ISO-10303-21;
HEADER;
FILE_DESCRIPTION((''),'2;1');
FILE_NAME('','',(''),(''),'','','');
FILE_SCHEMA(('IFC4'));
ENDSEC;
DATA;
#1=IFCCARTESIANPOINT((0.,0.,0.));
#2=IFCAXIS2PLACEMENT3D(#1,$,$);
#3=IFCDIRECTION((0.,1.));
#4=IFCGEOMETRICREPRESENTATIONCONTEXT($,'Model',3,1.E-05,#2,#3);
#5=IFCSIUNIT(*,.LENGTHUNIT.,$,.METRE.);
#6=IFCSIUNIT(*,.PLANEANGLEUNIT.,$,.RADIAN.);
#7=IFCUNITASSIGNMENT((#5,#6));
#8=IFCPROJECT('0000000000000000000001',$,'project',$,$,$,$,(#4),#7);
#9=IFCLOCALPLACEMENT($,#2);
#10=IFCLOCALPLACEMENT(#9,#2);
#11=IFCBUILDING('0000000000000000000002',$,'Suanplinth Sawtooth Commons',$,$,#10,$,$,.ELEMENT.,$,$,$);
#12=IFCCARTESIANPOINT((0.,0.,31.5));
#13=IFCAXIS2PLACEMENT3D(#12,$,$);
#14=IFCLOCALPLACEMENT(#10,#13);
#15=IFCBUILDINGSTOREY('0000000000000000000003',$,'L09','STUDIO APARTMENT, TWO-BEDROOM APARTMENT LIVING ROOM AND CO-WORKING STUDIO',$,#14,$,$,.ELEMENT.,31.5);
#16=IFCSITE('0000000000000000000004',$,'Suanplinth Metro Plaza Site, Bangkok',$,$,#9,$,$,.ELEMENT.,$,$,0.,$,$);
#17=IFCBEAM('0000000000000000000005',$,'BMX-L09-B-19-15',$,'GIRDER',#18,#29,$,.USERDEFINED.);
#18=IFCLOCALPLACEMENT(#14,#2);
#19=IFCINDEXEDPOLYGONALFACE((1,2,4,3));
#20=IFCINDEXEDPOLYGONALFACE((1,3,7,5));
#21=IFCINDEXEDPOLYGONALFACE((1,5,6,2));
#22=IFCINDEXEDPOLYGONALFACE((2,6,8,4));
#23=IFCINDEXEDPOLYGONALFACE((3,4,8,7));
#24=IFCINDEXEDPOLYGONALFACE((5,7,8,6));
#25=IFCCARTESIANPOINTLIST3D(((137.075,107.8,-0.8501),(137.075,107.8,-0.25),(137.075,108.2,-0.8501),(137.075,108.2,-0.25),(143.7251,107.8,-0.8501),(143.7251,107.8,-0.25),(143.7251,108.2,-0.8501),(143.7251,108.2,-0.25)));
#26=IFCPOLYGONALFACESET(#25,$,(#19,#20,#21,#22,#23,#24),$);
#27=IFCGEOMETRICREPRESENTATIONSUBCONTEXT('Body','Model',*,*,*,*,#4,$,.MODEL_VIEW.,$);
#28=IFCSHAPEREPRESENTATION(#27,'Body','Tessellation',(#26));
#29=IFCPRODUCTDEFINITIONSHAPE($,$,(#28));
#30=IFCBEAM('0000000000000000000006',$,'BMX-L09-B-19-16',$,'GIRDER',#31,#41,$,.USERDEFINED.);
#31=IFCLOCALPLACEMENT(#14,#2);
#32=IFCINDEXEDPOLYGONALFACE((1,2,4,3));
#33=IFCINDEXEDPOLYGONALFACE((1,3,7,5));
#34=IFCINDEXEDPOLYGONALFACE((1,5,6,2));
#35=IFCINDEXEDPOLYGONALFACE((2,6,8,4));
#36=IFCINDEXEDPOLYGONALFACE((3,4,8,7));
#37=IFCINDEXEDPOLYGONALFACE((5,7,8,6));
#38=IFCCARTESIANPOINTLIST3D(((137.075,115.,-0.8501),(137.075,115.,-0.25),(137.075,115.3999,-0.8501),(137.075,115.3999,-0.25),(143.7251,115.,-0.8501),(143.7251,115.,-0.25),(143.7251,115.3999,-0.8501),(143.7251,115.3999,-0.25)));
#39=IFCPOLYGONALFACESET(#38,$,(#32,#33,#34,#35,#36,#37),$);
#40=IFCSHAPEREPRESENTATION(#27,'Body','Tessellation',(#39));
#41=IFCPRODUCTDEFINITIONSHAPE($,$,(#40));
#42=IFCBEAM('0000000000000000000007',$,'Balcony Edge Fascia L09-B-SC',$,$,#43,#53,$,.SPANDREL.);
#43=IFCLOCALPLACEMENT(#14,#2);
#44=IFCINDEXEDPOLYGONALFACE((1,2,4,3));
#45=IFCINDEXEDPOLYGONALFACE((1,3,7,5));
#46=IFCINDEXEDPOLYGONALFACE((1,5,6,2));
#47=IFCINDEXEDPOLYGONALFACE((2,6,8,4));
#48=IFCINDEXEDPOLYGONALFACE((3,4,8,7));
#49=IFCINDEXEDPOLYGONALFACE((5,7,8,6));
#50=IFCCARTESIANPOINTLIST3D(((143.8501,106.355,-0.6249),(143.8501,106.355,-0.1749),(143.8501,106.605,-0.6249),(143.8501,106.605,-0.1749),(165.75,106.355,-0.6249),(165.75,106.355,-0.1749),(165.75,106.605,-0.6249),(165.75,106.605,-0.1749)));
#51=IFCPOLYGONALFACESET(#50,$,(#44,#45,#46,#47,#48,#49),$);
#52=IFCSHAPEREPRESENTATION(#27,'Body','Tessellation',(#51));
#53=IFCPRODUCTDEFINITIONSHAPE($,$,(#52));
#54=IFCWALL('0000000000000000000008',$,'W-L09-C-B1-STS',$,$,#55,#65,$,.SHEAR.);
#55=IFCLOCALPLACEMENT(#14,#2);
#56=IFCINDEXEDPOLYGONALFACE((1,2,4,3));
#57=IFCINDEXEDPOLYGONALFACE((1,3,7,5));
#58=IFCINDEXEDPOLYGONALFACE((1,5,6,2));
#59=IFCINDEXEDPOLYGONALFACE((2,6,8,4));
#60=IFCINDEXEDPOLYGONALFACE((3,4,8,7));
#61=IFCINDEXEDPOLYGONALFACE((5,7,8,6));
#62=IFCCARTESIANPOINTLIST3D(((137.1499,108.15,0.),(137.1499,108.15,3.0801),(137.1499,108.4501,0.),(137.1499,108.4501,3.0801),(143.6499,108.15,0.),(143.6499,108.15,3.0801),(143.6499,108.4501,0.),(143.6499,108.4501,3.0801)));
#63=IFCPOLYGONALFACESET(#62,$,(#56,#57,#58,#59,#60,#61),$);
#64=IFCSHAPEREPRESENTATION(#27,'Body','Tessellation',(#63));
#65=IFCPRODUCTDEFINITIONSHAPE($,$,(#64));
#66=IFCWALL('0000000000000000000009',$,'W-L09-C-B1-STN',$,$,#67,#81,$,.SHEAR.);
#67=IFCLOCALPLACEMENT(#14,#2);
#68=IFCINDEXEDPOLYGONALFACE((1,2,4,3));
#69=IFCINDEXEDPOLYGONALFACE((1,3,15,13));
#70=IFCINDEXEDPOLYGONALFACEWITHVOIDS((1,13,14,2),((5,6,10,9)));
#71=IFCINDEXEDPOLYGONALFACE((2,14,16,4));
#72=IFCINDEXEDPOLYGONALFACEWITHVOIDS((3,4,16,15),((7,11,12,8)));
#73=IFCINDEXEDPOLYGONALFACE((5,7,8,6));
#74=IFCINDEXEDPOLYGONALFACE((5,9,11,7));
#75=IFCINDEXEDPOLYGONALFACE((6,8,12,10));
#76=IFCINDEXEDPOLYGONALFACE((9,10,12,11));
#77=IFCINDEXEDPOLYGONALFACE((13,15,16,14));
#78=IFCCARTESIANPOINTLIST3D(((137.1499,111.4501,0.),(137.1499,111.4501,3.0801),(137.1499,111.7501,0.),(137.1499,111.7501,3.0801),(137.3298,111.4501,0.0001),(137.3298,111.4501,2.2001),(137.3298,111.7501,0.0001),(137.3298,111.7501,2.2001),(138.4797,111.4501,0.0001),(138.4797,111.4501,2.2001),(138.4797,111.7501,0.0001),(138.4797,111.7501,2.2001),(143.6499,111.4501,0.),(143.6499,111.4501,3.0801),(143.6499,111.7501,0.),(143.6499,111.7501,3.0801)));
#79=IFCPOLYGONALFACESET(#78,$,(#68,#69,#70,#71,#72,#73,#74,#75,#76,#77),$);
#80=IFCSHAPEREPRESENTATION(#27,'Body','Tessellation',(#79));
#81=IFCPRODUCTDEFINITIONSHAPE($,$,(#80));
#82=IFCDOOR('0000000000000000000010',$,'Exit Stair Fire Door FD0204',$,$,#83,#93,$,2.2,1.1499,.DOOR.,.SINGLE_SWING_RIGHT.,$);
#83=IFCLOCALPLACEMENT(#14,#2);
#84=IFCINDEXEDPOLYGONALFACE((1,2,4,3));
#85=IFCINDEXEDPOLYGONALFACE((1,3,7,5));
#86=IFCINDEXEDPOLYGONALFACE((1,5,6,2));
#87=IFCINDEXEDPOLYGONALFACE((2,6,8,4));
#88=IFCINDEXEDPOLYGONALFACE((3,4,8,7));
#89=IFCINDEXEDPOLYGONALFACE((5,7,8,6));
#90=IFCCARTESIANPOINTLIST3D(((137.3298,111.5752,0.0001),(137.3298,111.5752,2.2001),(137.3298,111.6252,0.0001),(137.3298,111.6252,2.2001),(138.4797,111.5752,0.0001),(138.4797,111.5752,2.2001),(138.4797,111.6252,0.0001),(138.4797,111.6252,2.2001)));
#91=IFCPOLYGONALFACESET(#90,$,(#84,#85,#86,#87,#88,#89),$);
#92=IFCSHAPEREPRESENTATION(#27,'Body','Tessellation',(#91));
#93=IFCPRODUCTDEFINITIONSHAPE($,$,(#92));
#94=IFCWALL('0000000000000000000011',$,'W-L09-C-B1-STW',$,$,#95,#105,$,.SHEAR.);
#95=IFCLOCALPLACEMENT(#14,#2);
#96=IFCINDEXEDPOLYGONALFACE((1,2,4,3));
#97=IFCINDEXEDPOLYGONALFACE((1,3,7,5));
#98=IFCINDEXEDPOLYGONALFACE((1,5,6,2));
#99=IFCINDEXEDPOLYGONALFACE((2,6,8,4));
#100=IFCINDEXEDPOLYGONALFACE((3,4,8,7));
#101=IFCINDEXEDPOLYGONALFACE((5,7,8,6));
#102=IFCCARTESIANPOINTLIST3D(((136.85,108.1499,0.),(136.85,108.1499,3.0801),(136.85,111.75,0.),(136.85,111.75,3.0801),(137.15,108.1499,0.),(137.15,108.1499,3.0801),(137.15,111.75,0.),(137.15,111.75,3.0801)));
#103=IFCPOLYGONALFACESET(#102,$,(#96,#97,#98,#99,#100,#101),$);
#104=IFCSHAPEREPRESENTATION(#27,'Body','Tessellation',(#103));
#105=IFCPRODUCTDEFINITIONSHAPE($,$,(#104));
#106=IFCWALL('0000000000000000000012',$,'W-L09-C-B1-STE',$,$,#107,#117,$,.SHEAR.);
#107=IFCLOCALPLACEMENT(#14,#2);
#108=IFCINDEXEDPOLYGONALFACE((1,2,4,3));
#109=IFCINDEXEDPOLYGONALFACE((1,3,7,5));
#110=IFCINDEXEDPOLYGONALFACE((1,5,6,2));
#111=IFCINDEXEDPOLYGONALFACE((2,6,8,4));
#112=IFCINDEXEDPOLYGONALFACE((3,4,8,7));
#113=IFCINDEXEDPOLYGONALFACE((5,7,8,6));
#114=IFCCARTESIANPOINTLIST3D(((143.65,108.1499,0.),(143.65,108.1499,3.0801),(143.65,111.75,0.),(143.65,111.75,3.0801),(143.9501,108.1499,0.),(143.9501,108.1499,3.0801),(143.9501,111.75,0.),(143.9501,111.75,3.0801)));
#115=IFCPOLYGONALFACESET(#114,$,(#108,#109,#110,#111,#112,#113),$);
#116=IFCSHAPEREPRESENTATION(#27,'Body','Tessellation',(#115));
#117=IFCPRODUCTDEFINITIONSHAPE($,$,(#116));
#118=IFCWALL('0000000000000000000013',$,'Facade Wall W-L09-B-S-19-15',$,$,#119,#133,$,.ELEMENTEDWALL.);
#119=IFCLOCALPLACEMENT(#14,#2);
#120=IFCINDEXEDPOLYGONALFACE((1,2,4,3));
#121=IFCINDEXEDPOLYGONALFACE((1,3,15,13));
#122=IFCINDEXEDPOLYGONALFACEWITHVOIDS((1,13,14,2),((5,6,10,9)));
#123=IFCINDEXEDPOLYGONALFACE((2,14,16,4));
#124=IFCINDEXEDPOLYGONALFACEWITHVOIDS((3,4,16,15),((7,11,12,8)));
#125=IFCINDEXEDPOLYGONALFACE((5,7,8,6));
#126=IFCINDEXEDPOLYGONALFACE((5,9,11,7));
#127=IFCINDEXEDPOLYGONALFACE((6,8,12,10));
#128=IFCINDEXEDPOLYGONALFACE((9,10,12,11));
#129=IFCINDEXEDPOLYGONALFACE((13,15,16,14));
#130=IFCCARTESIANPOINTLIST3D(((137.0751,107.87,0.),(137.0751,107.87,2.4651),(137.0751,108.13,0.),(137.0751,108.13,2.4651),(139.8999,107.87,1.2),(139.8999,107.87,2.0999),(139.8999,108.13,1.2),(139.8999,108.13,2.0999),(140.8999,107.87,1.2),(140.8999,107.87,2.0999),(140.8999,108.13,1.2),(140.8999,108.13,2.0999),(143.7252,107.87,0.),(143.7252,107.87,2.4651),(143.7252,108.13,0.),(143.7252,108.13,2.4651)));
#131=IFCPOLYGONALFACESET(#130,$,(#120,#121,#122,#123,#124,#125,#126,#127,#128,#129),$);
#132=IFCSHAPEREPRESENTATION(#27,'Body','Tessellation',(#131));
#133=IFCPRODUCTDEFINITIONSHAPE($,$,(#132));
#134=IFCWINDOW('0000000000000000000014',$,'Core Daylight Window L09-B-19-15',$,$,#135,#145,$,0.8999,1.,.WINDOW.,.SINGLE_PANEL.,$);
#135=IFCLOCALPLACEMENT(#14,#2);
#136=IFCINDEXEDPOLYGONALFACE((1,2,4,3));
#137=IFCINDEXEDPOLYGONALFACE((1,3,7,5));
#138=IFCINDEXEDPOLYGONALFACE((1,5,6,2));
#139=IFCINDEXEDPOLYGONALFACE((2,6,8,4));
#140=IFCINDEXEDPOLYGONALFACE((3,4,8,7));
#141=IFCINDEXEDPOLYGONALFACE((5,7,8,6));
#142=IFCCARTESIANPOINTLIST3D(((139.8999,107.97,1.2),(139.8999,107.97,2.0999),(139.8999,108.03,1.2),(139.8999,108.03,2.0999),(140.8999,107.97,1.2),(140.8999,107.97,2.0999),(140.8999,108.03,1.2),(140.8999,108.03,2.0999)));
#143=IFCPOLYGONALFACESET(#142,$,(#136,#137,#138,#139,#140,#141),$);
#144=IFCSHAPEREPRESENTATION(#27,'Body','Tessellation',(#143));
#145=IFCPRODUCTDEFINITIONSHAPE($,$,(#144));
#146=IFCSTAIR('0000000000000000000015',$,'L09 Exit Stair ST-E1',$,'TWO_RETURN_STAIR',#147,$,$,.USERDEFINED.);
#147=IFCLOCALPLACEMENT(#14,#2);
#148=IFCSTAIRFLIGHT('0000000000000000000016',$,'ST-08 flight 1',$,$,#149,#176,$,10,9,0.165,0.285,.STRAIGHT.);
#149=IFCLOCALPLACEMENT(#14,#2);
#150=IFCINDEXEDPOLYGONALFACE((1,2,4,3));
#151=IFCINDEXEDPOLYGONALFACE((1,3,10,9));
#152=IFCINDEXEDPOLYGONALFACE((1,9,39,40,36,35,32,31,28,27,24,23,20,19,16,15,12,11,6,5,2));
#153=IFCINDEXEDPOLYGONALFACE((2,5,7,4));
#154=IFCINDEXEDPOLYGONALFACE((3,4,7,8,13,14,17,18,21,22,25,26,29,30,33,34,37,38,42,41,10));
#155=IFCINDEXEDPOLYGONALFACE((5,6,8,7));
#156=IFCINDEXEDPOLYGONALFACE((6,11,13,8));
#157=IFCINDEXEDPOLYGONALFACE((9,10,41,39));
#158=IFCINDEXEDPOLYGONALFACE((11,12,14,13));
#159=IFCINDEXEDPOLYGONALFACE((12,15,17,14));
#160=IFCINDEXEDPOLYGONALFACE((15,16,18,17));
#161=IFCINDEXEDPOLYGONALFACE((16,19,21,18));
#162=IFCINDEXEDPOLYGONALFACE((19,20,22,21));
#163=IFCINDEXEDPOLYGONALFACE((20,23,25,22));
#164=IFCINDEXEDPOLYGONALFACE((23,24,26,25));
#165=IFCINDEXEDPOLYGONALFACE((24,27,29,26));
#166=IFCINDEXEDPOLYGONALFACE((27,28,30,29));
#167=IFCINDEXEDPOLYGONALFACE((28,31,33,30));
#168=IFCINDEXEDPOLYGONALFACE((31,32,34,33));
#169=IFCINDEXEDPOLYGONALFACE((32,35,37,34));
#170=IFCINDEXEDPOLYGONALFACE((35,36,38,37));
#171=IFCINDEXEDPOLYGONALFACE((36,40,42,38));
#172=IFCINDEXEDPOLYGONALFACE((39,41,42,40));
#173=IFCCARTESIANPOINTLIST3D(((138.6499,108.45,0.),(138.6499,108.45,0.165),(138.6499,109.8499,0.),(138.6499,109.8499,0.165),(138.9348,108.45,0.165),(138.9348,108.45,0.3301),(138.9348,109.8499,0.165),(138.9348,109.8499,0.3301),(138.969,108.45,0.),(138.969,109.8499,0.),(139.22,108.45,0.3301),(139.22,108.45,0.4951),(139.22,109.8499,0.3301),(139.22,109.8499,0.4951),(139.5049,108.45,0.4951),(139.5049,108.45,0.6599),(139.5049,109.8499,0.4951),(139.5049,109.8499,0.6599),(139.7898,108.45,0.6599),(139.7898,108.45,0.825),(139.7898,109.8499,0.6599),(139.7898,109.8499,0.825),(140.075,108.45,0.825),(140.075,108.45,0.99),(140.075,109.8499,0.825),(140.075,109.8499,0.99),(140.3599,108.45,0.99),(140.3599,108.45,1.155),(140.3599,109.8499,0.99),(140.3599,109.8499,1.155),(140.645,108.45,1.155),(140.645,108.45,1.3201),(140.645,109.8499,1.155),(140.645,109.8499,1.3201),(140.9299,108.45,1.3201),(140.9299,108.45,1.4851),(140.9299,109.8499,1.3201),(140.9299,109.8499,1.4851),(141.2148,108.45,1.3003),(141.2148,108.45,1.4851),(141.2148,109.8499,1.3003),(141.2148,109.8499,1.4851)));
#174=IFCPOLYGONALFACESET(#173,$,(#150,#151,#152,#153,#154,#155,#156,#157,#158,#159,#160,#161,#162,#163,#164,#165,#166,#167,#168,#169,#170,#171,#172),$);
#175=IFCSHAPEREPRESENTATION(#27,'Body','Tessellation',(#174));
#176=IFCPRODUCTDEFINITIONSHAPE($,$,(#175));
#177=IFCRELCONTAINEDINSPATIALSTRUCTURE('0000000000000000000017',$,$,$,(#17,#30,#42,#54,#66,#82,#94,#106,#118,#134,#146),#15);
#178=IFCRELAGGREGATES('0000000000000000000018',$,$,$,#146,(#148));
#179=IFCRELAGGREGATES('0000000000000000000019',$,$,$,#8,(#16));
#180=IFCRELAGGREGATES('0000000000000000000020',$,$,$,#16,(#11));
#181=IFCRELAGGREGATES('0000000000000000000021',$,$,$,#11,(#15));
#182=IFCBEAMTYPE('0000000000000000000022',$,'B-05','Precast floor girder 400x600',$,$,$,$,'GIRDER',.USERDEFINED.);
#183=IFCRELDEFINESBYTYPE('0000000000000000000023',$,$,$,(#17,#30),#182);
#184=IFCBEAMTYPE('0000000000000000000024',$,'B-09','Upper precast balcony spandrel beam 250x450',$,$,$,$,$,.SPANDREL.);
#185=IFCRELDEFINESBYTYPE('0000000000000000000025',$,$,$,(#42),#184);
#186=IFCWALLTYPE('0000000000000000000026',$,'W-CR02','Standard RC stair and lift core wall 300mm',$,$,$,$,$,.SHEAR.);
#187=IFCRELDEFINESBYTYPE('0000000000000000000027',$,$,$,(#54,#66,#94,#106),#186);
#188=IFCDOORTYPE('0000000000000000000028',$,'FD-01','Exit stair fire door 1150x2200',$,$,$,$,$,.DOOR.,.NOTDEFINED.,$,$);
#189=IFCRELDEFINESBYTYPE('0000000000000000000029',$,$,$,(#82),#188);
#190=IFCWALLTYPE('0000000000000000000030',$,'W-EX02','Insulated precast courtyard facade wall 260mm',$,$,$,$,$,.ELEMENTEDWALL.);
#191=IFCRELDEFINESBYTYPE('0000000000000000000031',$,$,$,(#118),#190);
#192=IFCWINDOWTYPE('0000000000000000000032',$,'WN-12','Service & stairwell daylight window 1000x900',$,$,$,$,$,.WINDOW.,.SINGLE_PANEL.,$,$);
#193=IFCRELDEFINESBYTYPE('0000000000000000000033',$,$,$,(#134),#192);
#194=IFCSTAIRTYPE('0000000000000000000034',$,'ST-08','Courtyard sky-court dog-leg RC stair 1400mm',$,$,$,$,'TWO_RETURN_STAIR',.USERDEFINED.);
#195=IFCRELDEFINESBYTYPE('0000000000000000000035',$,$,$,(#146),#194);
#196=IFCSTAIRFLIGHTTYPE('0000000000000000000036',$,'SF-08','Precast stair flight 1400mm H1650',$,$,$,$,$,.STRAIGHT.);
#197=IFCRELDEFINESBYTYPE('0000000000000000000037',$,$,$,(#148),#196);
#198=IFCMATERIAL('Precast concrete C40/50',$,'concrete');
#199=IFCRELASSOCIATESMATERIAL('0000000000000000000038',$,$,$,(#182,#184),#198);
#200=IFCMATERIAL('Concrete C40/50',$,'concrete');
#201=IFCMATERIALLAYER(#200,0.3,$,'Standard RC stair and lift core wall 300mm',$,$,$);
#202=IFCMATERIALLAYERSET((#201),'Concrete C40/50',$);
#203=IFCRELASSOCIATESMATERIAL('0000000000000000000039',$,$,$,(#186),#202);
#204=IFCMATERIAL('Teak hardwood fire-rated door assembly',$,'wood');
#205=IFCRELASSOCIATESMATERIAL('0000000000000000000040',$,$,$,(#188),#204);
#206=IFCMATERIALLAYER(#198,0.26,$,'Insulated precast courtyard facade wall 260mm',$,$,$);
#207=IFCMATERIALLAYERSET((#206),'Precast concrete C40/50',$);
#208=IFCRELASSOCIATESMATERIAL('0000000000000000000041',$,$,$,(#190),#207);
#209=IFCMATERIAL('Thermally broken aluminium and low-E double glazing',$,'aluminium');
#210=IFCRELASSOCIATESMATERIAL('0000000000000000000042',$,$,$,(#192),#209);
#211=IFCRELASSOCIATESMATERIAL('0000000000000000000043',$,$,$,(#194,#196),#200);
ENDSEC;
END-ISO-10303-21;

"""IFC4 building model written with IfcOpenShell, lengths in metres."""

from ifc_helpers import new_model, si_unit, direction, frame, frame_2d, origin, origin_2d, place, context, subcontext, project, spatial, polyline, rectangle, outline, extrude, material, layer, layer_set, material_profile, profile_set, type_object, element, fill, aggregate, save


model = new_model("IFC4")

# Units and contexts
model_context = context("Model", 3, precision=1e-05, world=origin(), true_north=direction((0.0, 1.0)))
body_context = subcontext(model_context, "Body", "Model", "MODEL_VIEW")
ifc_project = project(units=[si_unit("LENGTHUNIT", "METRE"), si_unit("PLANEANGLEUNIT", "RADIAN")], contexts=[model_context])

# Site, building, storey
site_placement = place(None, origin())
site = spatial("IfcSite", under=ifc_project, at=site_placement, Name="Suanplinth Metro Plaza Site, Bangkok", CompositionType="ELEMENT", RefElevation=0.0)
building_placement = place(site_placement, origin())
building = spatial("IfcBuilding", under=site, at=building_placement, Name="Suanplinth Sawtooth Commons", CompositionType="ELEMENT")
storey_placement = place(building_placement, frame((0.0, 0.0, 31.5)))
storey = spatial("IfcBuildingStorey", under=building, at=storey_placement, Name="L09", Description="STUDIO APARTMENT, TWO-BEDROOM APARTMENT LIVING ROOM AND CO-WORKING STUDIO", CompositionType="ELEMENT", Elevation=31.5)

# Beams
ifc_material_1 = material(Name="Precast concrete C40/50", Category="concrete")
ifc_material_profile_1 = material_profile(ifc_material_1, rectangle(XDim=0.3999, YDim=0.6001, at=origin_2d()), Name="PC-GDR 400x600")
ifc_profile_set_1 = profile_set([ifc_material_profile_1], Name="Precast concrete C40/50")
beam_type_1 = type_object("IfcBeamType", Name="B-05", Description="Precast floor girder 400x600", ElementType="GIRDER", PredefinedType="USERDEFINED", material=ifc_profile_set_1)
for number, where, z_axis, x_axis, name in (
    (1, (137.075, 108.0, -0.55), (1.0, 0.0, 0.0), (0.0, 1.0, 0.0), "BMX-L09-B-19-15"),
    (2, (137.075, 115.2, -0.55), (1.0, 0.0, 0.0), (0.0, 1.0, 0.0), "BMX-L09-B-19-16"),
):
    element("IfcBeam", number, at=place(storey_placement, frame(where, z_axis=z_axis, x_axis=x_axis)), inside=storey, type_object=beam_type_1, Name=name, ObjectType="GIRDER", PredefinedType="USERDEFINED", context=body_context, shape_type="SweptSolid", body=[
        extrude(rectangle(XDim=0.3999, YDim=0.6001, at=origin_2d()), origin(), (0.0, 0.0, 1.0), 6.6501),
    ])
ifc_material_profile_2 = material_profile(ifc_material_1, rectangle(XDim=0.25, YDim=0.45, at=origin_2d()), Name="PC-SP 250x450")
ifc_profile_set_2 = profile_set([ifc_material_profile_2], Name="Precast concrete C40/50")
beam_type_2 = type_object("IfcBeamType", Name="B-09", Description="Upper precast balcony spandrel beam 250x450", PredefinedType="SPANDREL", material=ifc_profile_set_2)
beam_placement = place(storey_placement, frame((143.8501, 106.48, -0.3999), z_axis=(1.0, 0.0, 0.0), x_axis=(0.0, 1.0, 0.0)))
element("IfcBeam", 3, at=beam_placement, inside=storey, type_object=beam_type_2, Name="Balcony Edge Fascia L09-B-SC", PredefinedType="SPANDREL", context=body_context, shape_type="SweptSolid", body=[
    extrude(rectangle(XDim=0.25, YDim=0.45, at=origin_2d()), origin(), (0.0, 0.0, 1.0), 21.8999),
])

# Wall
ifc_material_2 = material(Name="Concrete C40/50", Category="concrete")
ifc_layer_1 = layer(ifc_material_2, 0.3, Name="Standard RC stair and lift core wall 300mm")
ifc_layer_set_1 = layer_set([ifc_layer_1], Name="Concrete C40/50")
wall_type_1 = type_object("IfcWallType", Name="W-CR02", Description="Standard RC stair and lift core wall 300mm", PredefinedType="SHEAR", material=ifc_layer_set_1)
wall_1_placement = place(storey_placement, frame((137.1499, 108.3, 0.0), z_axis=(0.0, 0.0, 1.0), x_axis=(1.0, 0.0, 0.0)))
element("IfcWall", 4, at=wall_1_placement, inside=storey, type_object=wall_type_1, Name="W-L09-C-B1-STS", PredefinedType="SHEAR", context=body_context, shape_type="SweptSolid", body=[
    extrude(rectangle(XDim=6.5, YDim=0.3, at=frame_2d((3.25, 0.0))), origin(), (0.0, 0.0, 1.0), 3.0801),
])

# Wall, opening, door
wall_2_placement = place(storey_placement, frame((137.1499, 111.6001, 0.0), z_axis=(0.0, 0.0, 1.0), x_axis=(1.0, 0.0, 0.0)))
wall_2 = element("IfcWall", 5, at=wall_2_placement, inside=storey, type_object=wall_type_1, Name="W-L09-C-B1-STN", PredefinedType="SHEAR", context=body_context, shape_type="SweptSolid", body=[
    extrude(rectangle(XDim=6.5, YDim=0.3, at=frame_2d((3.25, 0.0))), origin(), (0.0, 0.0, 1.0), 3.0801),
])
opening_1_placement = place(wall_2_placement, frame((0.1799, 0.0, 0.0)))
opening_1 = element("IfcOpeningElement", 6, at=opening_1_placement, cuts=wall_2, PredefinedType="OPENING", context=body_context, shape_type="SweptSolid", body=[
    extrude(rectangle(XDim=1.1499, YDim=2.2, at=frame_2d((0.575, 1.1001))), frame((0.0, 0.165, 0.0), z_axis=(0.0, -1.0, 0.0), x_axis=(1.0, 0.0, 0.0)), (0.0, 0.0, 1.0), 0.3298),
])
ifc_material_3 = material(Name="Teak hardwood fire-rated door assembly", Category="wood")
door_type_1 = type_object("IfcDoorType", Name="FD-01", Description="Exit stair fire door 1150x2200", OperationType="NOTDEFINED", PredefinedType="DOOR", material=ifc_material_3)
door_1_placement = place(opening_1_placement, frame((1.1499, 0.0, 0.0), z_axis=(0.0, 0.0, 1.0), x_axis=(-1.0, 0.0, 0.0)))
door_1 = element("IfcDoor", 7, at=door_1_placement, inside=storey, type_object=door_type_1, Name="Exit Stair Fire Door FD0204", OperationType="SINGLE_SWING_RIGHT", OverallHeight=2.2, OverallWidth=1.1499, PredefinedType="DOOR", context=body_context, shape_type="SweptSolid", body=[
    extrude(rectangle(XDim=1.1499, YDim=2.2, at=frame_2d((0.575, 1.1001))), frame((0.0, 0.0249, 0.0), z_axis=(0.0, -1.0, 0.0), x_axis=(1.0, 0.0, 0.0)), (0.0, 0.0, 1.0), 0.05),
])
fill(opening_1, door_1)

# Walls
for number, where, z_axis, x_axis, name in (
    (8, (137.0, 108.1499, 0.0), (0.0, 0.0, 1.0), (0.0, 1.0, 0.0), "W-L09-C-B1-STW"),
    (9, (143.8, 108.1499, 0.0), (0.0, 0.0, 1.0), (0.0, 1.0, 0.0), "W-L09-C-B1-STE"),
):
    element("IfcWall", number, at=place(storey_placement, frame(where, z_axis=z_axis, x_axis=x_axis)), inside=storey, type_object=wall_type_1, Name=name, PredefinedType="SHEAR", context=body_context, shape_type="SweptSolid", body=[
        extrude(rectangle(XDim=3.6001, YDim=0.3, at=frame_2d((1.8, 0.0))), origin(), (0.0, 0.0, 1.0), 3.0801),
    ])

# Wall, opening, window
ifc_layer_2 = layer(ifc_material_1, 0.26, Name="Insulated precast courtyard facade wall 260mm")
ifc_layer_set_2 = layer_set([ifc_layer_2], Name="Precast concrete C40/50")
wall_type_2 = type_object("IfcWallType", Name="W-EX02", Description="Insulated precast courtyard facade wall 260mm", PredefinedType="ELEMENTEDWALL", material=ifc_layer_set_2)
wall_3_placement = place(storey_placement, frame((137.075, 108.0, 0.0), z_axis=(0.0, 0.0, 1.0), x_axis=(1.0, 0.0, 0.0)))
wall_3 = element("IfcWall", 10, at=wall_3_placement, inside=storey, type_object=wall_type_2, Name="Facade Wall W-L09-B-S-19-15", PredefinedType="ELEMENTEDWALL", context=body_context, shape_type="SweptSolid", body=[
    extrude(rectangle(XDim=6.6501, YDim=0.26, at=frame_2d((3.3252, 0.0))), origin(), (0.0, 0.0, 1.0), 2.4651),
])
opening_2_placement = place(wall_3_placement, frame((2.825, 0.0, 1.2)))
opening_2 = element("IfcOpeningElement", 11, at=opening_2_placement, cuts=wall_3, PredefinedType="OPENING", context=body_context, shape_type="SweptSolid", body=[
    extrude(rectangle(XDim=1.0, YDim=0.8999, at=frame_2d((0.5, 0.45))), frame((0.0, 0.145, 0.0), z_axis=(0.0, -1.0, 0.0), x_axis=(1.0, 0.0, 0.0)), (0.0, 0.0, 1.0), 0.2898),
])
ifc_material_4 = material(Name="Thermally broken aluminium and low-E double glazing", Category="aluminium")
window_type = type_object("IfcWindowType", Name="WN-12", Description="Service & stairwell daylight window 1000x900", PartitioningType="SINGLE_PANEL", PredefinedType="WINDOW", material=ifc_material_4)
window_placement = place(opening_2_placement, origin())
window = element("IfcWindow", 12, at=window_placement, inside=storey, type_object=window_type, Name="Core Daylight Window L09-B-19-15", OverallHeight=0.8999, OverallWidth=1.0, PartitioningType="SINGLE_PANEL", PredefinedType="WINDOW", context=body_context, shape_type="SweptSolid", body=[
    extrude(rectangle(XDim=1.0, YDim=0.8999, at=frame_2d((0.5, 0.45))), frame((0.0, 0.03, 0.0), z_axis=(0.0, -1.0, 0.0), x_axis=(1.0, 0.0, 0.0)), (0.0, 0.0, 1.0), 0.0601),
])
fill(opening_2, window)

# Stair, stair flight
stair_type = type_object("IfcStairType", Name="ST-08", Description="Courtyard sky-court dog-leg RC stair 1400mm", ElementType="TWO_RETURN_STAIR", PredefinedType="USERDEFINED", material=ifc_material_2)
stair_placement = place(storey_placement, origin())
stair = element("IfcStair", 13, at=stair_placement, inside=storey, type_object=stair_type, Name="L09 Exit Stair ST-E1", ObjectType="TWO_RETURN_STAIR", PredefinedType="USERDEFINED")
stair_flight_type = type_object("IfcStairFlightType", Name="SF-08", Description="Precast stair flight 1400mm H1650", PredefinedType="STRAIGHT", material=ifc_material_2)
stair_flight_1_placement = place(storey_placement, frame((138.6499, 109.1499, 0.0), z_axis=(0.0, 0.0, 1.0), x_axis=(1.0, 0.0, 0.0)))
stair_flight_1 = element("IfcStairFlight", 14, at=stair_flight_1_placement, type_object=stair_flight_type, Name="ST-08 flight 1", NumberOfRisers=10, NumberOfTreads=9, PredefinedType="STRAIGHT", RiserHeight=0.165, TreadLength=0.285, context=body_context, shape_type="SweptSolid", body=[
    extrude(outline(polyline([(0.0, 0.0), (0.0, 0.165), (0.2849, 0.165), (0.2849, 0.3301), (0.5701, 0.3301), (0.5701, 0.4951), (0.855, 0.4951), (0.855, 0.6599), (1.1399, 0.6599), (1.1399, 0.825), (1.425, 0.825), (1.425, 0.99), (1.71, 0.99), (1.71, 1.155), (1.9951, 1.155), (1.9951, 1.3201), (2.28, 1.3201), (2.28, 1.4851), (2.5649, 1.4851), (2.5649, 1.6499), (2.5649, 1.3003), (0.3191, 0.0), (0.0, 0.0)])), frame((0.0, 0.7, 0.0), z_axis=(0.0, -1.0, 0.0), x_axis=(1.0, 0.0, 0.0)), (0.0, 0.0, 1.0), 1.3999),
])
aggregate(stair, [stair_flight_1])

save(model, "model.ifc")
